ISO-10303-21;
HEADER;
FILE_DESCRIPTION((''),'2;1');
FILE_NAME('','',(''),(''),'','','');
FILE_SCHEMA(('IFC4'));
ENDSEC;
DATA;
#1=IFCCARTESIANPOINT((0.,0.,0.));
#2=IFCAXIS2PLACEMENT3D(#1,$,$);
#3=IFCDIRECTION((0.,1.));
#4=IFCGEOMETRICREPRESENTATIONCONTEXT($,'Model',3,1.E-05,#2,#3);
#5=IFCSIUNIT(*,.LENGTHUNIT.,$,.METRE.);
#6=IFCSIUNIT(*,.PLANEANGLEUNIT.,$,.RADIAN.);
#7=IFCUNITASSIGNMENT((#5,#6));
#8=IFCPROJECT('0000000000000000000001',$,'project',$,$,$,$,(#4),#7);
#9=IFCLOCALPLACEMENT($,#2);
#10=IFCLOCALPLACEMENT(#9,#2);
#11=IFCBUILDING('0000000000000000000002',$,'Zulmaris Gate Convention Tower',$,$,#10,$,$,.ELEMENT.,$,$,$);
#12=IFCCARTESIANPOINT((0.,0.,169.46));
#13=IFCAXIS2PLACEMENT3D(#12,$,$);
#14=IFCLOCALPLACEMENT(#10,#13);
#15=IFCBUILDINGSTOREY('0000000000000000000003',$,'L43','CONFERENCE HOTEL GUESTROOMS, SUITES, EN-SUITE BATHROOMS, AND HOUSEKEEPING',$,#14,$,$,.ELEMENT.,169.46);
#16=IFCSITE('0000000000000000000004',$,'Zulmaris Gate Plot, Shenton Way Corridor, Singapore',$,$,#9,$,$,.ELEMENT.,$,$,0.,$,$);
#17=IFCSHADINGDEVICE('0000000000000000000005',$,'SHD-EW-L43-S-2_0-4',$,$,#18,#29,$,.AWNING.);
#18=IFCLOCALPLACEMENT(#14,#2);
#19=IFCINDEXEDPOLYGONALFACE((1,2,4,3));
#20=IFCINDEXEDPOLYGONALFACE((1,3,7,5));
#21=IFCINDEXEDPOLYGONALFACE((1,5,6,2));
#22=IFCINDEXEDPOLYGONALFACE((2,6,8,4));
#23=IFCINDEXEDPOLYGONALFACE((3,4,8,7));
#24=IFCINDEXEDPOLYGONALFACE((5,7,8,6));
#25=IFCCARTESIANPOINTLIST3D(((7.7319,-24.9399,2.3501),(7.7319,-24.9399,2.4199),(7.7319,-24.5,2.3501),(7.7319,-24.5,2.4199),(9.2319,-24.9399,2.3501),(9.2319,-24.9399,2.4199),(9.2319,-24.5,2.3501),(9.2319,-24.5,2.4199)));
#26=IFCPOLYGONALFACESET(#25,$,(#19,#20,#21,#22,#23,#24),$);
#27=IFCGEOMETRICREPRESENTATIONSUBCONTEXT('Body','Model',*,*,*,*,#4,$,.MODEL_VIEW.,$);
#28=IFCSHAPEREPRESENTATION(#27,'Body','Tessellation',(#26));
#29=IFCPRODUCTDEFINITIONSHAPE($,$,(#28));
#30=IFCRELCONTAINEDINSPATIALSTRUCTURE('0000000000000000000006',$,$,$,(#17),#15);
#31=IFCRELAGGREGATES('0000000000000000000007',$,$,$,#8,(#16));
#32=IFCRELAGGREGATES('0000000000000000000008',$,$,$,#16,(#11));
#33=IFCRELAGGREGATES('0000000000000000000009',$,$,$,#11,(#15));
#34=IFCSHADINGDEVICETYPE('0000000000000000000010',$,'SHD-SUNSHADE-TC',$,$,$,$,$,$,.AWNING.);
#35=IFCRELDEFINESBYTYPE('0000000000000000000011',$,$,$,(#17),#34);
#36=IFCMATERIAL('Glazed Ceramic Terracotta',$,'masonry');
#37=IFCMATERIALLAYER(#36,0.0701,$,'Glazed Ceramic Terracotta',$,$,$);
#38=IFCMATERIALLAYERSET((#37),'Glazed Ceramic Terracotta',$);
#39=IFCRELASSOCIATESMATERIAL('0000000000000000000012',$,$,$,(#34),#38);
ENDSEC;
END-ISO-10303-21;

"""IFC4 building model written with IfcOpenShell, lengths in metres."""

from ifc_helpers import new_model, si_unit, direction, frame, frame_2d, origin, place, context, subcontext, project, spatial, rectangle, extrude, material, layer, layer_set, type_object, element, save


model = new_model("IFC4")

# Units and contexts
model_context = context("Model", 3, precision=1e-05, world=origin(), true_north=direction((0.0, 1.0)))
body_context = subcontext(model_context, "Body", "Model", "MODEL_VIEW")
ifc_project = project(units=[si_unit("LENGTHUNIT", "METRE"), si_unit("PLANEANGLEUNIT", "RADIAN")], contexts=[model_context])

# Site, building, storey
site_placement = place(None, origin())
site = spatial("IfcSite", under=ifc_project, at=site_placement, Name="Zulmaris Gate Plot, Shenton Way Corridor, Singapore", CompositionType="ELEMENT", RefElevation=0.0)
building_placement = place(site_placement, origin())
building = spatial("IfcBuilding", under=site, at=building_placement, Name="Zulmaris Gate Convention Tower", CompositionType="ELEMENT")
storey_placement = place(building_placement, frame((0.0, 0.0, 169.46)))
storey = spatial("IfcBuildingStorey", under=building, at=storey_placement, Name="L43", Description="CONFERENCE HOTEL GUESTROOMS, SUITES, EN-SUITE BATHROOMS, AND HOUSEKEEPING", CompositionType="ELEMENT", Elevation=169.46)

# Shading device
ifc_material_1 = material(Name="Glazed Ceramic Terracotta", Category="masonry")
ifc_layer_1 = layer(ifc_material_1, 0.0701, Name="Glazed Ceramic Terracotta")
ifc_layer_set_1 = layer_set([ifc_layer_1], Name="Glazed Ceramic Terracotta")
shading_device_type = type_object("IfcShadingDeviceType", Name="SHD-SUNSHADE-TC", PredefinedType="AWNING", material=ifc_layer_set_1)
for number, where, z_axis, x_axis, name in (
    (1, (7.7319, -24.72, 2.3501), (0.0, 0.0, 1.0), (1.0, 0.0, 0.0), "SHD-EW-L43-S-2_0-4"),
):
    element("IfcShadingDevice", number, at=place(storey_placement, frame(where, z_axis=z_axis, x_axis=x_axis)), inside=storey, type_object=shading_device_type, Name=name, PredefinedType="AWNING", context=body_context, shape_type="SweptSolid", body=[
        extrude(rectangle(XDim=1.5, YDim=0.4399, at=frame_2d((0.75, 0.0))), origin(), (0.0, 0.0, 1.0), 0.0698),
    ])

save(model, "model.ifc")
